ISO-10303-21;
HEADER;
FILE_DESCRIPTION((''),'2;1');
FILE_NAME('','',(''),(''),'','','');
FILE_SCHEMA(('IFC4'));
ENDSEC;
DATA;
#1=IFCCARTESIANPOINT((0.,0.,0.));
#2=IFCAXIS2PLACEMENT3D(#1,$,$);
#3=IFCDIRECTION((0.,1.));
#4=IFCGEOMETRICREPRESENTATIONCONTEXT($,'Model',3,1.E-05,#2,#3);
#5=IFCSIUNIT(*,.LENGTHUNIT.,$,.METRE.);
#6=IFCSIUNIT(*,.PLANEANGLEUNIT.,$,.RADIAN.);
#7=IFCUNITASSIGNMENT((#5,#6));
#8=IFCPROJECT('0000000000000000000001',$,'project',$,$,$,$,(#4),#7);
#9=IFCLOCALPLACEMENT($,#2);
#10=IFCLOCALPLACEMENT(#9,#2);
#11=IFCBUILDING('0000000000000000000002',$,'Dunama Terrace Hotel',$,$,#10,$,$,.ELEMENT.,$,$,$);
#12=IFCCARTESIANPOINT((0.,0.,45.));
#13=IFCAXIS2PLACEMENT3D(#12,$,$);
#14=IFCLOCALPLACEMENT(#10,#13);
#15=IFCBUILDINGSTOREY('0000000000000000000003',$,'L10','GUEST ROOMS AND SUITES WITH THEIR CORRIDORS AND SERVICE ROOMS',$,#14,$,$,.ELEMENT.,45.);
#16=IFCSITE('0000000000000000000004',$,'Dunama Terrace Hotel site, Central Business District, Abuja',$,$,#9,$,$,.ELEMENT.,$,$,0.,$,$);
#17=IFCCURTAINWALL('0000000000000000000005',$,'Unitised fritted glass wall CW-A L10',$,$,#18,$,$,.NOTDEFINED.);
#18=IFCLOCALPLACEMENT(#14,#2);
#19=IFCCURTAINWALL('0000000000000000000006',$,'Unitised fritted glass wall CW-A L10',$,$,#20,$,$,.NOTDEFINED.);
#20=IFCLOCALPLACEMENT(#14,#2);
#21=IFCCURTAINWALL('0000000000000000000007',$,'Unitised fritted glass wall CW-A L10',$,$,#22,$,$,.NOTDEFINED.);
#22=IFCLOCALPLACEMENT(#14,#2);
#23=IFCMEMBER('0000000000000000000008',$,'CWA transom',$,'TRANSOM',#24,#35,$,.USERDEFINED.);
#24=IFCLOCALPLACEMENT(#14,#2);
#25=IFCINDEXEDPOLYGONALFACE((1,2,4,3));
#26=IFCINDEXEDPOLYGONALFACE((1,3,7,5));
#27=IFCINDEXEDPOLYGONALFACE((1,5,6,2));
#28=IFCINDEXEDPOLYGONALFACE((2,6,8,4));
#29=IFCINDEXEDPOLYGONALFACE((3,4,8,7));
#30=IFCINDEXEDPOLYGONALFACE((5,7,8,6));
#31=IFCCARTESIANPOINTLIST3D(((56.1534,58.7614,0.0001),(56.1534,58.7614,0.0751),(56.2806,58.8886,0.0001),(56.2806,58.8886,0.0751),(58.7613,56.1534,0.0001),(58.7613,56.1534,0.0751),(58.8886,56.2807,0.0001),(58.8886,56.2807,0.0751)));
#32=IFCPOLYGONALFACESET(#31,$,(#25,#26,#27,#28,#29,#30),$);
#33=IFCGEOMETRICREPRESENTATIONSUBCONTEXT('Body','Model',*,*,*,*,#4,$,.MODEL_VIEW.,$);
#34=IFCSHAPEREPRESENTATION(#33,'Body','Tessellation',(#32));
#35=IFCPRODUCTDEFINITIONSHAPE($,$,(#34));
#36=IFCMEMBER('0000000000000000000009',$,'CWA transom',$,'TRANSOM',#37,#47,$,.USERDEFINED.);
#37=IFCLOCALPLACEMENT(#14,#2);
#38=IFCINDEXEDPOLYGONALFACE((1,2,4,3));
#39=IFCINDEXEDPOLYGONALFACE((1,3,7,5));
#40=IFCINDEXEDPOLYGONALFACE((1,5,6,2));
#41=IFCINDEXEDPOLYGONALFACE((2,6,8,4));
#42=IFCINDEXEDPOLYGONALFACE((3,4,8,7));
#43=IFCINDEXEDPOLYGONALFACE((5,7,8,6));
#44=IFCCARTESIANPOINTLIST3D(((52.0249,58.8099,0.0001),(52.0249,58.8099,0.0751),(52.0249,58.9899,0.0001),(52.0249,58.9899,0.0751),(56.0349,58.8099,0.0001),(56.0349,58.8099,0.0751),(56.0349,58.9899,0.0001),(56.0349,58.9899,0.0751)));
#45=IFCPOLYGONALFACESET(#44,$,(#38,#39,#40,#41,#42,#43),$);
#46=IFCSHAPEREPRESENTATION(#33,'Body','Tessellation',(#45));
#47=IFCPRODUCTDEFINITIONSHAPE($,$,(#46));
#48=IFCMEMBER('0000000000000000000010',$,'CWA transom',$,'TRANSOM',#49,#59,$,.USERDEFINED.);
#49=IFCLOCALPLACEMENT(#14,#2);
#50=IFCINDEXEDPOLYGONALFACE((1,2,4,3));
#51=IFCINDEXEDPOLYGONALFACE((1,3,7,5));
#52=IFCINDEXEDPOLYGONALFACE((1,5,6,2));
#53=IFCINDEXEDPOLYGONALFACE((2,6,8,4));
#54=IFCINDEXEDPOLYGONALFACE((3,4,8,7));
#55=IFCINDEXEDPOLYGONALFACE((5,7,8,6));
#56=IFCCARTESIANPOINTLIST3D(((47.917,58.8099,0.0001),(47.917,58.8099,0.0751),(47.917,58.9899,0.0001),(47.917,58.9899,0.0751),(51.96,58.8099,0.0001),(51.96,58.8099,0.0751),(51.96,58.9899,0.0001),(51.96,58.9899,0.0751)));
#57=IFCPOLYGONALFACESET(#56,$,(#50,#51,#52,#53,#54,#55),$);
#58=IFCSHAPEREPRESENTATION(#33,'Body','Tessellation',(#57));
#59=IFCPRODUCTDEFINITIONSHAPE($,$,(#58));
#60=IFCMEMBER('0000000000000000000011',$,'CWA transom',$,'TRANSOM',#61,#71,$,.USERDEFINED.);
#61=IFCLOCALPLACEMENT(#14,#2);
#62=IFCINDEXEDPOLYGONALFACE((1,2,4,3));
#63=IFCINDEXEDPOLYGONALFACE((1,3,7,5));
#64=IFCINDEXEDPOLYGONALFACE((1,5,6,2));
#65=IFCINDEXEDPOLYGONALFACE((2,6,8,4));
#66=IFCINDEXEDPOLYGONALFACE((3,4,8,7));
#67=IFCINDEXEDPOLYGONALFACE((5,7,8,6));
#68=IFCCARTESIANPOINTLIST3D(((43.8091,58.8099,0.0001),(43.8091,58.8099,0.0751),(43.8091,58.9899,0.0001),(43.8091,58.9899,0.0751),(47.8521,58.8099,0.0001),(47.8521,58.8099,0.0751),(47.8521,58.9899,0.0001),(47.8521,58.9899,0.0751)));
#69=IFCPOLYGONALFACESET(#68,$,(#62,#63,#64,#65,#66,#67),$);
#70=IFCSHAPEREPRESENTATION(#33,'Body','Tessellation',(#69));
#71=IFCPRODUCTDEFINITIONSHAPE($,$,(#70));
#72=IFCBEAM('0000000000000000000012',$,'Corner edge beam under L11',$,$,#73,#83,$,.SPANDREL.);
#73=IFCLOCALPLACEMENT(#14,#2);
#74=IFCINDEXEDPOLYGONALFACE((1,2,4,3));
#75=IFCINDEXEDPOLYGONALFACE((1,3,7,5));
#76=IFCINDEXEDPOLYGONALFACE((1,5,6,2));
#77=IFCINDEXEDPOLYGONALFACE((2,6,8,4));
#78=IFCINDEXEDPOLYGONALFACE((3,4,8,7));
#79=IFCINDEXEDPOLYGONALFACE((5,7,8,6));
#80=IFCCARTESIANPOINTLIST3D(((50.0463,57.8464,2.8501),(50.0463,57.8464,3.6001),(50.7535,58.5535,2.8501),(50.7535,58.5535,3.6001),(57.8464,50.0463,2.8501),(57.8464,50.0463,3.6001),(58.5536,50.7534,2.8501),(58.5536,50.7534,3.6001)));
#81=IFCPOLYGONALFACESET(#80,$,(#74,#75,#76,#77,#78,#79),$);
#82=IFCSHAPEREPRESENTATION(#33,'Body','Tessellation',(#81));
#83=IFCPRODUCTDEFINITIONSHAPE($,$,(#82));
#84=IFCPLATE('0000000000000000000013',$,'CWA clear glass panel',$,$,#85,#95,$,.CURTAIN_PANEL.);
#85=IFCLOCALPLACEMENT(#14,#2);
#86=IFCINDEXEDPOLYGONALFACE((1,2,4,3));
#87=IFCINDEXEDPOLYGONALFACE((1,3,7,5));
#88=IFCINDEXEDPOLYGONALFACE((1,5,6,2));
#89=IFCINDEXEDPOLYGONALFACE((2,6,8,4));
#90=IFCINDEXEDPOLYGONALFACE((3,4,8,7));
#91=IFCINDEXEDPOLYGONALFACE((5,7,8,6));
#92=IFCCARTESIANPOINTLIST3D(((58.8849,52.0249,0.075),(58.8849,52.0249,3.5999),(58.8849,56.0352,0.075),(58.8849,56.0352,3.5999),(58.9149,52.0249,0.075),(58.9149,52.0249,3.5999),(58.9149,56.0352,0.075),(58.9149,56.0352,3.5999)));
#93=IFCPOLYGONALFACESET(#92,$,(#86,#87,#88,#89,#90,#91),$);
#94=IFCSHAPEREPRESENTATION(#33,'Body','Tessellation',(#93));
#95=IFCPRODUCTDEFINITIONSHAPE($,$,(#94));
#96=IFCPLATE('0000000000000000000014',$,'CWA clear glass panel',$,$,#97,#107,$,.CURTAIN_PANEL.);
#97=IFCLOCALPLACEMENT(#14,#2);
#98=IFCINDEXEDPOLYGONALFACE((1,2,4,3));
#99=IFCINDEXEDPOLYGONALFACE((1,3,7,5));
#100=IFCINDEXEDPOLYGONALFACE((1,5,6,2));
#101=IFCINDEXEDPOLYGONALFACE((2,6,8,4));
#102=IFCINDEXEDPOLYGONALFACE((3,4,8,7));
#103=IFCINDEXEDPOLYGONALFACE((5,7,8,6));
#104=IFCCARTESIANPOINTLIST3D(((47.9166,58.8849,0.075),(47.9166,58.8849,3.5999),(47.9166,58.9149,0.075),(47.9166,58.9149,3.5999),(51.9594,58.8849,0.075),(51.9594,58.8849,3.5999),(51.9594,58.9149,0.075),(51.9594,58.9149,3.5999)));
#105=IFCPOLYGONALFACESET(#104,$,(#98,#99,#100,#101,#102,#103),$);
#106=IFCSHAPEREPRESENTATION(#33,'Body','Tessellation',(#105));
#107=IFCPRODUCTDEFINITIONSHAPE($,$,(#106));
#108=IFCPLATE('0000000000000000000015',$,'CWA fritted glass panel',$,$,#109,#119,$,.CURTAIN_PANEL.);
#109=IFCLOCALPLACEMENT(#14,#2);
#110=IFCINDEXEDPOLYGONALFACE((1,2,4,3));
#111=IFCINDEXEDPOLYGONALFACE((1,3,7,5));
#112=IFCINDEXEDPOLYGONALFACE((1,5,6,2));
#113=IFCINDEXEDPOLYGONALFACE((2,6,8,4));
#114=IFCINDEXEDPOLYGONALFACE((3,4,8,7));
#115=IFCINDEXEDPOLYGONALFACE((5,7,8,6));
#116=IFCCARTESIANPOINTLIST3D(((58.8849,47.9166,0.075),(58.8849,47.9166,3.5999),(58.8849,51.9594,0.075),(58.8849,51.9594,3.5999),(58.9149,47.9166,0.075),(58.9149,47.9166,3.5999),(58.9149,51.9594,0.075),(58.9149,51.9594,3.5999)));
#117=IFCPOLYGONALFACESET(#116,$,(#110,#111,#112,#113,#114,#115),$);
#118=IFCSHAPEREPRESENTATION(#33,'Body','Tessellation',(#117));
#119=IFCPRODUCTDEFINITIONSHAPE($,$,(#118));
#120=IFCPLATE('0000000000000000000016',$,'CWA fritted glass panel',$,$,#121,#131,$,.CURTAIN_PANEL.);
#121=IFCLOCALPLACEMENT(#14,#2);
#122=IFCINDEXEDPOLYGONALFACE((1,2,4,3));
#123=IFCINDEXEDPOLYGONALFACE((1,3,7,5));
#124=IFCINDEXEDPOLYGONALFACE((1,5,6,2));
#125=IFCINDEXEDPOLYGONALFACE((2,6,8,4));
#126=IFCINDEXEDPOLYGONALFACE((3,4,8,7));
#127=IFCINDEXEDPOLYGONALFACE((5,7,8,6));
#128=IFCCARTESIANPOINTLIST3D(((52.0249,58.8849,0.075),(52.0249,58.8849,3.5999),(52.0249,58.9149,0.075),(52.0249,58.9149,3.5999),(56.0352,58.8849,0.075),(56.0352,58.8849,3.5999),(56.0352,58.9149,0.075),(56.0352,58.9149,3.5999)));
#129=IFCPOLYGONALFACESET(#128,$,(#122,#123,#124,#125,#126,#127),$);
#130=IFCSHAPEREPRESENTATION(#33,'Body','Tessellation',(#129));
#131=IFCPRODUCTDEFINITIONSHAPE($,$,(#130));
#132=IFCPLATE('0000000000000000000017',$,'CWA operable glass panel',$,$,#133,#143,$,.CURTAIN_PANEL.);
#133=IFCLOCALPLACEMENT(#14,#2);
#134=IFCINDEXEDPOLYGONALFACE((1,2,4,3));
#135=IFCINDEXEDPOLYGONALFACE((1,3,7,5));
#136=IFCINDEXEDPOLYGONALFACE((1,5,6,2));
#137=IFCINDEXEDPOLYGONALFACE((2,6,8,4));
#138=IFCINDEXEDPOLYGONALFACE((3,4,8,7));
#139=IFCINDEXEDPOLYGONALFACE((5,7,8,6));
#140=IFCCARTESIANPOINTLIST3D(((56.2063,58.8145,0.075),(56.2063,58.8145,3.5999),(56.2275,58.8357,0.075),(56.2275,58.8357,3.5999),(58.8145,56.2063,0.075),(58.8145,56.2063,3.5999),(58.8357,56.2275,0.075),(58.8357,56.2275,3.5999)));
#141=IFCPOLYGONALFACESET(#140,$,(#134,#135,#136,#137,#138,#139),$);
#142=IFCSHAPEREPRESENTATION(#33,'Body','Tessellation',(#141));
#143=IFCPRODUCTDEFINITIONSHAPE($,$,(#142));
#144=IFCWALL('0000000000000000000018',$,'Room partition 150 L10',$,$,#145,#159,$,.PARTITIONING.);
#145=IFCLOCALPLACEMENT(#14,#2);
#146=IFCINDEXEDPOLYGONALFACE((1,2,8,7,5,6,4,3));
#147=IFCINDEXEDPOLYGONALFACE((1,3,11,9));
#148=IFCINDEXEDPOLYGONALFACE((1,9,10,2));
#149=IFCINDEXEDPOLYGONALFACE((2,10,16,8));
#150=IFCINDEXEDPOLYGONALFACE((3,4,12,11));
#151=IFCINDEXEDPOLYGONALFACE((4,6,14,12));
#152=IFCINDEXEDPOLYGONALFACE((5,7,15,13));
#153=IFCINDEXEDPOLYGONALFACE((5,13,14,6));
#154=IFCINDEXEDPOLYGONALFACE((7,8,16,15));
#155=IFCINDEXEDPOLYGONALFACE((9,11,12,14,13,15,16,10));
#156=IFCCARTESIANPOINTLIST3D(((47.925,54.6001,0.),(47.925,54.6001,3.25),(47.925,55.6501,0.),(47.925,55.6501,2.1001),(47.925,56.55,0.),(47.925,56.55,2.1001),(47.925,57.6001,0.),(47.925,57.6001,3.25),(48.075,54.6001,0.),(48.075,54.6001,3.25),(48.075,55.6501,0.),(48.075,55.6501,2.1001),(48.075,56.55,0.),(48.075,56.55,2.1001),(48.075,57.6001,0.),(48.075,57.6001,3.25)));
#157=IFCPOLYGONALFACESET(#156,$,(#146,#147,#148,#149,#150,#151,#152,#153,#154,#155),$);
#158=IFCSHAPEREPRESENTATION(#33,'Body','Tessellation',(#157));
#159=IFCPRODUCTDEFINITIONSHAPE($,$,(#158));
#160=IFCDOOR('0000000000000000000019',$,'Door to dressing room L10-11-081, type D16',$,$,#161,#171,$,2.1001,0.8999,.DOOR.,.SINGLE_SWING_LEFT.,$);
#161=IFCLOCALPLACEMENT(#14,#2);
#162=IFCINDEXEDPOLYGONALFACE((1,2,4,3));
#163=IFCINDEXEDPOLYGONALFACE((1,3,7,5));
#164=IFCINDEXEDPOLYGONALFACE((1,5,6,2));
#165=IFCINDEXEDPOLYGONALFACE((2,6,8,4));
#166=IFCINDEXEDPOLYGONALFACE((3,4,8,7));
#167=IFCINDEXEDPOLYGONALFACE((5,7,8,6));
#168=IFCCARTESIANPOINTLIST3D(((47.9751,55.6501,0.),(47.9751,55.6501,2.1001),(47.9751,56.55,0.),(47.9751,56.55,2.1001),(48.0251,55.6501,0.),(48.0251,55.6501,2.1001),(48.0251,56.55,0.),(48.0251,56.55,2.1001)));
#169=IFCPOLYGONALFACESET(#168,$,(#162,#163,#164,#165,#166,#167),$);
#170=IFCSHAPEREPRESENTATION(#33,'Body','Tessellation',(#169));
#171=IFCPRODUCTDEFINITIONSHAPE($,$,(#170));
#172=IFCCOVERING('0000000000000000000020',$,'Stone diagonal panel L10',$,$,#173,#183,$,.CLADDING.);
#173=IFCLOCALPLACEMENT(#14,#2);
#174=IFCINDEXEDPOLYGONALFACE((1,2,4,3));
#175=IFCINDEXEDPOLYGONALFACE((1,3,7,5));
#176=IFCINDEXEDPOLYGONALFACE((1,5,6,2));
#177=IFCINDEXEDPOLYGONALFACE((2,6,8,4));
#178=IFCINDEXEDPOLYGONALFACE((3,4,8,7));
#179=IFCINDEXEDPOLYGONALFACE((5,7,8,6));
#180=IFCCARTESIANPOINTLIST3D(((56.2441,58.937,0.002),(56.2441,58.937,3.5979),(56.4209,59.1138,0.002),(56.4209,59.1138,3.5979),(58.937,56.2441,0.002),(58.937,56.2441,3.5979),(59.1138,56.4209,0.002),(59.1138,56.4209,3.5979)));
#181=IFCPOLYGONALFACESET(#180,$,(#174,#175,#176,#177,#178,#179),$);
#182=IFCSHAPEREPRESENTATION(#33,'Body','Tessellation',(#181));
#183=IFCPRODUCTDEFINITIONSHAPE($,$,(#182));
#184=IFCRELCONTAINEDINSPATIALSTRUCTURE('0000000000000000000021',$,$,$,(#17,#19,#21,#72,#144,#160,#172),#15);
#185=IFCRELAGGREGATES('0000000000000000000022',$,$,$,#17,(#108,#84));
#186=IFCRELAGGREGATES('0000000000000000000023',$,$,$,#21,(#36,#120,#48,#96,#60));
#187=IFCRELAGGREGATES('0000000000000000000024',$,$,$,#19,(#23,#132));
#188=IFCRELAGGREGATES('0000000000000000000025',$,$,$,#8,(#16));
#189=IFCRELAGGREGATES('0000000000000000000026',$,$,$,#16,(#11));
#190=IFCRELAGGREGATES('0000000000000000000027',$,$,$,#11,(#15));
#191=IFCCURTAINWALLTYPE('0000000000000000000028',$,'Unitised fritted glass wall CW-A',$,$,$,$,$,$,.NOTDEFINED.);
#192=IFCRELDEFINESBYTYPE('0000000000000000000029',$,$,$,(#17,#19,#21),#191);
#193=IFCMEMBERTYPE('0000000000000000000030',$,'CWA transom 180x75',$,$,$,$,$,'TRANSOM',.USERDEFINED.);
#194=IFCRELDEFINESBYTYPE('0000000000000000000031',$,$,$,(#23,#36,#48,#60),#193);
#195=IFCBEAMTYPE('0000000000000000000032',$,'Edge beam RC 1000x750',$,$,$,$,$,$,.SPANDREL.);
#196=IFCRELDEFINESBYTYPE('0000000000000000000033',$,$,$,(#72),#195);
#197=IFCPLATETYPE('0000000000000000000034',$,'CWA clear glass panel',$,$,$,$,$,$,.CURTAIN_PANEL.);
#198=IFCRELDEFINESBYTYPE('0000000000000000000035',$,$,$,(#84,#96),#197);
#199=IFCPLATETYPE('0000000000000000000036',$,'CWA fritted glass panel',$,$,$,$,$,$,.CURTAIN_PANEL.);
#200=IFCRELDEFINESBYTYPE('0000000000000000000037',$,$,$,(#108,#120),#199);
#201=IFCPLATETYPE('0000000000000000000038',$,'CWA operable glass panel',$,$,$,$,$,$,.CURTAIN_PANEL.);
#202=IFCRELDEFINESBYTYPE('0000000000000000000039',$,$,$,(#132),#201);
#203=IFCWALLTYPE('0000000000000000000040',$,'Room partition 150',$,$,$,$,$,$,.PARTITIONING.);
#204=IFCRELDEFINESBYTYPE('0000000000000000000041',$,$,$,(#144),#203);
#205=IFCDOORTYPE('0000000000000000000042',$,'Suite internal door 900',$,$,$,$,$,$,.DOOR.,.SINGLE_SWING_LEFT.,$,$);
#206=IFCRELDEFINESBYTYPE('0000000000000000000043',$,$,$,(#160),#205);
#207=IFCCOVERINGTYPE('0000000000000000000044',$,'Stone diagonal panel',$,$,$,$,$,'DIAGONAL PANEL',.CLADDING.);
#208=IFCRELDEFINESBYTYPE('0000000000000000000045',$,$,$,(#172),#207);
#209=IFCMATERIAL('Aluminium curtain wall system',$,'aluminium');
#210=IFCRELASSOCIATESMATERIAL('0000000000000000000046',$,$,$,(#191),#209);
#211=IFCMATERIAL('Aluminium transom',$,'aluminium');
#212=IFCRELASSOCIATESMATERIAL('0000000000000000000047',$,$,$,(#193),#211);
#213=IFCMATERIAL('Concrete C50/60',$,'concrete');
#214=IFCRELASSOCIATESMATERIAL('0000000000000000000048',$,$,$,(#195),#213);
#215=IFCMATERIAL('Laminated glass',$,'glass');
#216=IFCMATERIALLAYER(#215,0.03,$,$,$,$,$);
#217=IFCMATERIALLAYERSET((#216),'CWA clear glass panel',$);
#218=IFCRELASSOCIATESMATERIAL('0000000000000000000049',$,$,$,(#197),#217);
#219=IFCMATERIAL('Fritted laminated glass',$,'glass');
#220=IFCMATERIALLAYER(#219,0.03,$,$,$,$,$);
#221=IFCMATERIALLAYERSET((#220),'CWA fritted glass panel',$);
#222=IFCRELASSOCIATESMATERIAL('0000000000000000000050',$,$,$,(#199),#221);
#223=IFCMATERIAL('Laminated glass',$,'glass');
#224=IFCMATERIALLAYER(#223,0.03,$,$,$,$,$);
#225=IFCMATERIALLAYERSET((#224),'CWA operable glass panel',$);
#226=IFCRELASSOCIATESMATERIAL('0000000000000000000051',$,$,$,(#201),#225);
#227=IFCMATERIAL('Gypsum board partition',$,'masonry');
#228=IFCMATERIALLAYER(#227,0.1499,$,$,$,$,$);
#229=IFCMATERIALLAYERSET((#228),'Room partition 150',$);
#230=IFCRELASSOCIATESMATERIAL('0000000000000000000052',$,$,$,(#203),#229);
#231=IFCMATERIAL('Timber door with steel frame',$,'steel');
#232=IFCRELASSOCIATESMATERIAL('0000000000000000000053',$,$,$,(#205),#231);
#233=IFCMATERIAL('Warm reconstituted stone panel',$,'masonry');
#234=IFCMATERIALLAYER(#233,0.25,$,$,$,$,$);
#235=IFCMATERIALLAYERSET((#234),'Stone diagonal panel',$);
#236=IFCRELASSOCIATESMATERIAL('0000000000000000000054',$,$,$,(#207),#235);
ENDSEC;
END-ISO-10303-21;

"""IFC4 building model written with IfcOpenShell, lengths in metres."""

from ifc_helpers import new_model, si_unit, direction, frame, frame_2d, origin, origin_2d, place, context, subcontext, project, spatial, rectangle, extrude, material, layer, layer_set, material_profile, profile_set, type_object, element, fill, aggregate, save


model = new_model("IFC4")

# Units and contexts
model_context = context("Model", 3, precision=1e-05, world=origin(), true_north=direction((0.0, 1.0)))
body_context = subcontext(model_context, "Body", "Model", "MODEL_VIEW")
ifc_project = project(units=[si_unit("LENGTHUNIT", "METRE"), si_unit("PLANEANGLEUNIT", "RADIAN")], contexts=[model_context])

# Site, building, storey
site_placement = place(None, origin())
site = spatial("IfcSite", under=ifc_project, at=site_placement, Name="Dunama Terrace Hotel site, Central Business District, Abuja", CompositionType="ELEMENT", RefElevation=0.0)
building_placement = place(site_placement, origin())
building = spatial("IfcBuilding", under=site, at=building_placement, Name="Dunama Terrace Hotel", CompositionType="ELEMENT")
storey_placement = place(building_placement, frame((0.0, 0.0, 45.0)))
storey = spatial("IfcBuildingStorey", under=building, at=storey_placement, Name="L10", Description="GUEST ROOMS AND SUITES WITH THEIR CORRIDORS AND SERVICE ROOMS", CompositionType="ELEMENT", Elevation=45.0)

# Curtain walls
ifc_material_1 = material(Name="Aluminium curtain wall system", Category="aluminium")
curtain_wall_type = type_object("IfcCurtainWallType", Name="Unitised fritted glass wall CW-A", PredefinedType="NOTDEFINED", material=ifc_material_1)
curtain_wall_1_placement = place(storey_placement, origin())
curtain_wall_1 = element("IfcCurtainWall", 1, at=curtain_wall_1_placement, inside=storey, type_object=curtain_wall_type, Name="Unitised fritted glass wall CW-A L10", PredefinedType="NOTDEFINED")
curtain_wall_2_placement = place(storey_placement, origin())
curtain_wall_2 = element("IfcCurtainWall", 2, at=curtain_wall_2_placement, inside=storey, type_object=curtain_wall_type, Name="Unitised fritted glass wall CW-A L10", PredefinedType="NOTDEFINED")
curtain_wall_3_placement = place(storey_placement, origin())
curtain_wall_3 = element("IfcCurtainWall", 3, at=curtain_wall_3_placement, inside=storey, type_object=curtain_wall_type, Name="Unitised fritted glass wall CW-A L10", PredefinedType="NOTDEFINED")

# Members
ifc_material_2 = material(Name="Aluminium transom", Category="aluminium")
ifc_material_profile_1 = material_profile(ifc_material_2, rectangle(XDim=0.1799, YDim=0.075, at=origin_2d()), Name="CWA TRANSOM 180X75")
ifc_profile_set_1 = profile_set([ifc_material_profile_1], Name="Aluminium transom")
member_type_1 = type_object("IfcMemberType", Name="CWA transom 180x75", ElementType="TRANSOM", PredefinedType="USERDEFINED", material=ifc_profile_set_1)
member_1_placement = place(storey_placement, frame((58.825, 56.217, 0.0376), z_axis=(-0.707107, 0.707107, 0.0), x_axis=(-0.707107, -0.707107, 0.0)))
member_1 = element("IfcMember", 4, at=member_1_placement, type_object=member_type_1, Name="CWA transom", ObjectType="TRANSOM", PredefinedType="USERDEFINED", context=body_context, shape_type="SweptSolid", body=[
    extrude(rectangle(XDim=0.1799, YDim=0.075, at=origin_2d()), origin(), (0.0, 0.0, 1.0), 3.6882),
])
member_2_placement = place(storey_placement, frame((56.0349, 58.8999, 0.0376), z_axis=(-1.0, 0.0, 0.0), x_axis=(0.0, -1.0, 0.0)))
member_2 = element("IfcMember", 5, at=member_2_placement, type_object=member_type_1, Name="CWA transom", ObjectType="TRANSOM", PredefinedType="USERDEFINED", context=body_context, shape_type="SweptSolid", body=[
    extrude(rectangle(XDim=0.1799, YDim=0.075, at=origin_2d()), origin(), (0.0, 0.0, 1.0), 4.01),
])
member_3_placement = place(storey_placement, frame((51.96, 58.8999, 0.0376), z_axis=(-1.0, 0.0, 0.0), x_axis=(0.0, -1.0, 0.0)))
member_3 = element("IfcMember", 6, at=member_3_placement, type_object=member_type_1, Name="CWA transom", ObjectType="TRANSOM", PredefinedType="USERDEFINED", context=body_context, shape_type="SweptSolid", body=[
    extrude(rectangle(XDim=0.1799, YDim=0.075, at=origin_2d()), origin(), (0.0, 0.0, 1.0), 4.043),
])
member_4_placement = place(storey_placement, frame((47.8521, 58.8999, 0.0376), z_axis=(-1.0, 0.0, 0.0), x_axis=(0.0, -1.0, 0.0)))
member_4 = element("IfcMember", 7, at=member_4_placement, type_object=member_type_1, Name="CWA transom", ObjectType="TRANSOM", PredefinedType="USERDEFINED", context=body_context, shape_type="SweptSolid", body=[
    extrude(rectangle(XDim=0.1799, YDim=0.075, at=origin_2d()), origin(), (0.0, 0.0, 1.0), 4.043),
])

# Beam
ifc_material_3 = material(Name="Concrete C50/60", Category="concrete")
ifc_material_profile_2 = material_profile(ifc_material_3, rectangle(XDim=1.0, YDim=0.75, at=origin_2d()), Name="RC 1000x750")
ifc_profile_set_2 = profile_set([ifc_material_profile_2], Name="Concrete C50/60")
beam_type = type_object("IfcBeamType", Name="Edge beam RC 1000x750", PredefinedType="SPANDREL", material=ifc_profile_set_2)
beam_placement = place(storey_placement, frame((50.3999, 58.2, 3.2251), z_axis=(0.707107, -0.707107, 0.0), x_axis=(0.707107, 0.707107, 0.0)))
element("IfcBeam", 8, at=beam_placement, inside=storey, type_object=beam_type, Name="Corner edge beam under L11", PredefinedType="SPANDREL", context=body_context, shape_type="SweptSolid", body=[
    extrude(rectangle(XDim=1.0, YDim=0.75, at=origin_2d()), origin(), (0.0, 0.0, 1.0), 11.031),
])

# Plates
ifc_material_4 = material(Name="Laminated glass", Category="glass")
ifc_layer_1 = layer(ifc_material_4, 0.03)
ifc_layer_set_1 = layer_set([ifc_layer_1], Name="CWA clear glass panel")
plate_type_1 = type_object("IfcPlateType", Name="CWA clear glass panel", PredefinedType="CURTAIN_PANEL", material=ifc_layer_set_1)
plate_1_placement = place(storey_placement, frame((58.8999, 54.03, 0.075), z_axis=(0.0, 0.0, 1.0), x_axis=(0.0, 1.0, 0.0)))
plate_1 = element("IfcPlate", 9, at=plate_1_placement, type_object=plate_type_1, Name="CWA clear glass panel", PredefinedType="CURTAIN_PANEL", context=body_context, shape_type="SweptSolid", body=[
    extrude(rectangle(XDim=4.0103, YDim=0.03, at=origin_2d()), origin(), (0.0, 0.0, 1.0), 3.5249),
])
plate_2_placement = place(storey_placement, frame((49.938, 58.8999, 0.075), z_axis=(0.0, 0.0, 1.0), x_axis=(-1.0, 0.0, 0.0)))
plate_2 = element("IfcPlate", 10, at=plate_2_placement, type_object=plate_type_1, Name="CWA clear glass panel", PredefinedType="CURTAIN_PANEL", context=body_context, shape_type="SweptSolid", body=[
    extrude(rectangle(XDim=4.0427, YDim=0.03, at=origin_2d()), origin(), (0.0, 0.0, 1.0), 3.5249),
])
ifc_material_5 = material(Name="Fritted laminated glass", Category="glass")
ifc_layer_2 = layer(ifc_material_5, 0.03)
ifc_layer_set_2 = layer_set([ifc_layer_2], Name="CWA fritted glass panel")
plate_type_2 = type_object("IfcPlateType", Name="CWA fritted glass panel", PredefinedType="CURTAIN_PANEL", material=ifc_layer_set_2)
plate_3_placement = place(storey_placement, frame((58.8999, 49.938, 0.075), z_axis=(0.0, 0.0, 1.0), x_axis=(0.0, 1.0, 0.0)))
plate_3 = element("IfcPlate", 11, at=plate_3_placement, type_object=plate_type_2, Name="CWA fritted glass panel", PredefinedType="CURTAIN_PANEL", context=body_context, shape_type="SweptSolid", body=[
    extrude(rectangle(XDim=4.0427, YDim=0.03, at=origin_2d()), origin(), (0.0, 0.0, 1.0), 3.5249),
])
aggregate(curtain_wall_1, [plate_3, plate_1])
plate_4_placement = place(storey_placement, frame((54.03, 58.8999, 0.075), z_axis=(0.0, 0.0, 1.0), x_axis=(-1.0, 0.0, 0.0)))
plate_4 = element("IfcPlate", 12, at=plate_4_placement, type_object=plate_type_2, Name="CWA fritted glass panel", PredefinedType="CURTAIN_PANEL", context=body_context, shape_type="SweptSolid", body=[
    extrude(rectangle(XDim=4.0103, YDim=0.03, at=origin_2d()), origin(), (0.0, 0.0, 1.0), 3.5249),
])
aggregate(curtain_wall_3, [member_2, plate_4, member_3, plate_2, member_4])
ifc_material_6 = material(Name="Laminated glass", Category="glass")
ifc_layer_3 = layer(ifc_material_6, 0.03)
ifc_layer_set_3 = layer_set([ifc_layer_3], Name="CWA operable glass panel")
plate_type_3 = type_object("IfcPlateType", Name="CWA operable glass panel", PredefinedType="CURTAIN_PANEL", material=ifc_layer_set_3)
plate_5_placement = place(storey_placement, frame((57.521, 57.521, 0.075), z_axis=(0.0, 0.0, 1.0), x_axis=(-0.707107, 0.707107, 0.0)))
plate_5 = element("IfcPlate", 13, at=plate_5_placement, type_object=plate_type_3, Name="CWA operable glass panel", PredefinedType="CURTAIN_PANEL", context=body_context, shape_type="SweptSolid", body=[
    extrude(rectangle(XDim=3.6885, YDim=0.03, at=origin_2d()), origin(), (0.0, 0.0, 1.0), 3.5249),
])
aggregate(curtain_wall_2, [member_1, plate_5])

# Wall, opening, door
ifc_material_7 = material(Name="Gypsum board partition", Category="masonry")
ifc_layer_4 = layer(ifc_material_7, 0.1499)
ifc_layer_set_4 = layer_set([ifc_layer_4], Name="Room partition 150")
wall_type = type_object("IfcWallType", Name="Room partition 150", PredefinedType="PARTITIONING", material=ifc_layer_set_4)
wall_placement = place(storey_placement, frame((48.0, 54.6001, 0.0), z_axis=(0.0, 0.0, 1.0), x_axis=(0.0, 1.0, 0.0)))
wall = element("IfcWall", 14, at=wall_placement, inside=storey, type_object=wall_type, Name="Room partition 150 L10", PredefinedType="PARTITIONING", context=body_context, shape_type="SweptSolid", body=[
    extrude(rectangle(XDim=3.0, YDim=0.1499, at=frame_2d((1.5, 0.0))), origin(), (0.0, 0.0, 1.0), 3.25),
])
opening_placement = place(wall_placement, frame((1.05, 0.0, 0.0)))
opening = element("IfcOpeningElement", 15, at=opening_placement, cuts=wall, PredefinedType="OPENING", context=body_context, shape_type="SweptSolid", body=[
    extrude(rectangle(XDim=0.8999, YDim=2.1001, at=frame_2d((0.45, 1.05))), frame((0.0, 0.085, 0.0), z_axis=(0.0, -1.0, 0.0), x_axis=(1.0, 0.0, 0.0)), (0.0, 0.0, 1.0), 0.1699),
])
ifc_material_8 = material(Name="Timber door with steel frame", Category="steel")
door_type = type_object("IfcDoorType", Name="Suite internal door 900", OperationType="SINGLE_SWING_LEFT", PredefinedType="DOOR", material=ifc_material_8)
door_placement = place(opening_placement, origin())
door = element("IfcDoor", 16, at=door_placement, inside=storey, type_object=door_type, Name="Door to dressing room L10-11-081, type D16", OperationType="SINGLE_SWING_LEFT", OverallHeight=2.1001, OverallWidth=0.8999, PredefinedType="DOOR", context=body_context, shape_type="SweptSolid", body=[
    extrude(rectangle(XDim=0.8999, YDim=2.1001, at=frame_2d((0.45, 1.05))), frame((0.0, 0.0249, 0.0), z_axis=(0.0, -1.0, 0.0), x_axis=(1.0, 0.0, 0.0)), (0.0, 0.0, 1.0), 0.05),
])
fill(opening, door)

# Covering
ifc_material_9 = material(Name="Warm reconstituted stone panel", Category="masonry")
ifc_layer_5 = layer(ifc_material_9, 0.25)
ifc_layer_set_5 = layer_set([ifc_layer_5], Name="Stone diagonal panel")
covering_type = type_object("IfcCoveringType", Name="Stone diagonal panel", ElementType="DIAGONAL PANEL", PredefinedType="CLADDING", material=ifc_layer_set_5)
covering_1_placement = place(storey_placement, frame((57.679, 57.679, 0.002), z_axis=(0.0, 0.0, 1.0), x_axis=(-0.707107, 0.707107, 0.0)))
element("IfcCovering", 17, at=covering_1_placement, inside=storey, type_object=covering_type, Name="Stone diagonal panel L10", PredefinedType="CLADDING", context=body_context, shape_type="SweptSolid", body=[
    extrude(rectangle(XDim=3.8083, YDim=0.25, at=origin_2d()), origin(), (0.0, 0.0, 1.0), 3.5959),
])

save(model, "model.ifc")
